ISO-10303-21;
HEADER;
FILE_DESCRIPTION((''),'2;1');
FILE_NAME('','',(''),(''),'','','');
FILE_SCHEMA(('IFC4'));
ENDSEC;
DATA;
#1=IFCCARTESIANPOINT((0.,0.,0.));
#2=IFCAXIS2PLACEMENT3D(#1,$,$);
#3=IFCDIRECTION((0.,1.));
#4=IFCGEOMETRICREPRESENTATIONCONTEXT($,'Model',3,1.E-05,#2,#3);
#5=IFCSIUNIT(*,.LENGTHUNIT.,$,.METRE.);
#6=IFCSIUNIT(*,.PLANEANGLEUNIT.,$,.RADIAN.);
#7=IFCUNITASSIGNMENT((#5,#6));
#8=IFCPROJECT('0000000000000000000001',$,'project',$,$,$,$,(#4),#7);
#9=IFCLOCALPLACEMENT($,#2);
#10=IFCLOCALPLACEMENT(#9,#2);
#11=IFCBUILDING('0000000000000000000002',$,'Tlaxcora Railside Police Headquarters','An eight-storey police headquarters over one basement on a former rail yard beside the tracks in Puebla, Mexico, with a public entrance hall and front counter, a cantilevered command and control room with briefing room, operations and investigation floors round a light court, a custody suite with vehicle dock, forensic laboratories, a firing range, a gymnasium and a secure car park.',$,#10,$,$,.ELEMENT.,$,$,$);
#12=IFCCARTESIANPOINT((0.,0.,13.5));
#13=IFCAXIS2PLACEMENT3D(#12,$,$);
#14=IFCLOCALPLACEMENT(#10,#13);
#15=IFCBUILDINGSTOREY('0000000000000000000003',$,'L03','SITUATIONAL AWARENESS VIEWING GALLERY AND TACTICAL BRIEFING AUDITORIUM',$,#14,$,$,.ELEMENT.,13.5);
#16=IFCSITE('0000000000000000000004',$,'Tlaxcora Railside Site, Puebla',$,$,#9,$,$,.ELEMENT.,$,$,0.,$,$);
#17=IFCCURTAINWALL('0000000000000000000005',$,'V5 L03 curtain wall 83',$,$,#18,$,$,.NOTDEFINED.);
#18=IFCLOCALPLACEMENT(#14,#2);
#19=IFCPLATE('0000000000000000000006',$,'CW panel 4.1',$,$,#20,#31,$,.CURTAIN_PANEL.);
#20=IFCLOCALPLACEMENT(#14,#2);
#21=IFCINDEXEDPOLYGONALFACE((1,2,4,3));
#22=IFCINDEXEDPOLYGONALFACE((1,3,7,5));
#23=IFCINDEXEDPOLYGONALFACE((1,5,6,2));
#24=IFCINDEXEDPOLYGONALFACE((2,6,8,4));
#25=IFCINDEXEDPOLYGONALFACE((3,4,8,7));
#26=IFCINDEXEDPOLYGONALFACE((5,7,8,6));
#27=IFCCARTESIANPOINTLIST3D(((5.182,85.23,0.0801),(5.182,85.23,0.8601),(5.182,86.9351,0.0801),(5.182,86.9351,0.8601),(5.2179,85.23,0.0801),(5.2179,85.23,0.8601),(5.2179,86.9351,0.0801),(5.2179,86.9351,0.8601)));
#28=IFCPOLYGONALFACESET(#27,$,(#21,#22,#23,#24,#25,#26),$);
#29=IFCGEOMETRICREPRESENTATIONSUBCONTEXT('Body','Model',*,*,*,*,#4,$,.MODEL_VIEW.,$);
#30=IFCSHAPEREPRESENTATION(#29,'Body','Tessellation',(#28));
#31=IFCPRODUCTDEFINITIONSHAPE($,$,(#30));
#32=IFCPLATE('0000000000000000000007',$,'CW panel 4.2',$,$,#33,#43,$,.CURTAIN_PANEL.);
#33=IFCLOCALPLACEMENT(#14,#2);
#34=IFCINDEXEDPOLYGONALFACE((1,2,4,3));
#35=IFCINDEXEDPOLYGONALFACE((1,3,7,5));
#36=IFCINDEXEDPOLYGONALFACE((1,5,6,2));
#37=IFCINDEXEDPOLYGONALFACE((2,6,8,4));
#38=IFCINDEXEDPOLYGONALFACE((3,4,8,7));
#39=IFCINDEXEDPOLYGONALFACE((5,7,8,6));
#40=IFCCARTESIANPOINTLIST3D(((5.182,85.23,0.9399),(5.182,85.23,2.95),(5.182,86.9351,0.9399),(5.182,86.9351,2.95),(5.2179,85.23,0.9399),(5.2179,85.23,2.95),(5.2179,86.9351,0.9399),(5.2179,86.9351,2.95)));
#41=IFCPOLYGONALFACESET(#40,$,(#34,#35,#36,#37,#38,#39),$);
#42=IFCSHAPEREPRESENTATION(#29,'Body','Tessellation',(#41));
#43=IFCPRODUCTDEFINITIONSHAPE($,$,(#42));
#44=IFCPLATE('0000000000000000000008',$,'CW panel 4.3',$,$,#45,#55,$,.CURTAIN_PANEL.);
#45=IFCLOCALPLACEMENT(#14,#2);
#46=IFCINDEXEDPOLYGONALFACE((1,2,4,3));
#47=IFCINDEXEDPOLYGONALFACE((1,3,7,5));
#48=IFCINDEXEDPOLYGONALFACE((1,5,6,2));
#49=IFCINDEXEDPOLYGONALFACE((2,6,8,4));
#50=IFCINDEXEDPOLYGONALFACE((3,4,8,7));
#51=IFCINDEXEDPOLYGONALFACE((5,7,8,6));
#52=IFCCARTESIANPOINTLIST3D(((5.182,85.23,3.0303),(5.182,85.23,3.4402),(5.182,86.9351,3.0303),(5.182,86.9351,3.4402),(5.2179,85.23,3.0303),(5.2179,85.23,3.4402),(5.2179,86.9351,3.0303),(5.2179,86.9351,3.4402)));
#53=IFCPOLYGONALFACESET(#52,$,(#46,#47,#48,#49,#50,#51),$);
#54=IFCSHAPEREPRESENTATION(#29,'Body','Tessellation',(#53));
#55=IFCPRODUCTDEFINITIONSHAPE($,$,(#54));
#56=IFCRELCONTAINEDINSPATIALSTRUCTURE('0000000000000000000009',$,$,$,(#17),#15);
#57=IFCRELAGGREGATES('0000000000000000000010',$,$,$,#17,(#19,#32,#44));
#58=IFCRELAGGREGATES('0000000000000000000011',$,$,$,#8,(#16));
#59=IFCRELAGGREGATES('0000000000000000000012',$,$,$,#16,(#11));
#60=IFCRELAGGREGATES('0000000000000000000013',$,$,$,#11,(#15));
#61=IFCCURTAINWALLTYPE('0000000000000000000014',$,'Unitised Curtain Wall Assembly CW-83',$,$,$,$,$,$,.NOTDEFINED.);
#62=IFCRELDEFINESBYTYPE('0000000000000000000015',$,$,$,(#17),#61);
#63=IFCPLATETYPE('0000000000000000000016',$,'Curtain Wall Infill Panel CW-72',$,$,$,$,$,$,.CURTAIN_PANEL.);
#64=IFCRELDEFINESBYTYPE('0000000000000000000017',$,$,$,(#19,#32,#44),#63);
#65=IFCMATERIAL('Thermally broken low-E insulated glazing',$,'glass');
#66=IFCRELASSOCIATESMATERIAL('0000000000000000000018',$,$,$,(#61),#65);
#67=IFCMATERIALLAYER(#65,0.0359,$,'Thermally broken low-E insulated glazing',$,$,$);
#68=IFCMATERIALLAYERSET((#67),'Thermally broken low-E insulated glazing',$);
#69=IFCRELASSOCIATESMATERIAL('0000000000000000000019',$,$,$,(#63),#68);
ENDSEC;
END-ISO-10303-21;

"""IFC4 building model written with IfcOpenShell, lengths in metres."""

from ifc_helpers import new_model, si_unit, direction, frame, origin, origin_2d, place, context, subcontext, project, spatial, rectangle, extrude, material, layer, layer_set, type_object, element, aggregate, save


model = new_model("IFC4")

# Units and contexts
model_context = context("Model", 3, precision=1e-05, world=origin(), true_north=direction((0.0, 1.0)))
body_context = subcontext(model_context, "Body", "Model", "MODEL_VIEW")
ifc_project = project(units=[si_unit("LENGTHUNIT", "METRE"), si_unit("PLANEANGLEUNIT", "RADIAN")], contexts=[model_context])

# Site, building, storey
site_placement = place(None, origin())
site = spatial("IfcSite", under=ifc_project, at=site_placement, Name="Tlaxcora Railside Site, Puebla", CompositionType="ELEMENT", RefElevation=0.0)
building_placement = place(site_placement, origin())
building = spatial("IfcBuilding", under=site, at=building_placement, Name="Tlaxcora Railside Police Headquarters", Description="An eight-storey police headquarters over one basement on a former rail yard beside the tracks in Puebla, Mexico, with a public entrance hall and front counter, a cantilevered command and control room with briefing room, operations and investigation floors round a light court, a custody suite with vehicle dock, forensic laboratories, a firing range, a gymnasium and a secure car park.", CompositionType="ELEMENT")
storey_placement = place(building_placement, frame((0.0, 0.0, 13.5)))
storey = spatial("IfcBuildingStorey", under=building, at=storey_placement, Name="L03", Description="SITUATIONAL AWARENESS VIEWING GALLERY AND TACTICAL BRIEFING AUDITORIUM", CompositionType="ELEMENT", Elevation=13.5)

# Shared definitions
ifc_material_1 = material(Name="Thermally broken low-E insulated glazing", Category="glass")

# Curtain wall
curtain_wall_type_1 = type_object("IfcCurtainWallType", Name="Unitised Curtain Wall Assembly CW-83", PredefinedType="NOTDEFINED", material=ifc_material_1)
curtain_wall_1_placement = place(storey_placement, origin())
curtain_wall_1 = element("IfcCurtainWall", 1, at=curtain_wall_1_placement, inside=storey, type_object=curtain_wall_type_1, Name="V5 L03 curtain wall 83", PredefinedType="NOTDEFINED")

# Plates
ifc_layer_1 = layer(ifc_material_1, 0.0359, Name="Thermally broken low-E insulated glazing")
ifc_layer_set_1 = layer_set([ifc_layer_1], Name="Thermally broken low-E insulated glazing")
plate_type_1 = type_object("IfcPlateType", Name="Curtain Wall Infill Panel CW-72", PredefinedType="CURTAIN_PANEL", material=ifc_layer_set_1)
plate_1_placement = place(storey_placement, frame((5.2, 86.0825, 0.0801), z_axis=(0.0, 0.0, 1.0), x_axis=(0.0, -1.0, 0.0)))
plate_1 = element("IfcPlate", 2, at=plate_1_placement, type_object=plate_type_1, Name="CW panel 4.1", PredefinedType="CURTAIN_PANEL", context=body_context, shape_type="SweptSolid", body=[
    extrude(rectangle(XDim=1.7051, YDim=0.0359, at=origin_2d()), origin(), (0.0, 0.0, 1.0), 0.78),
])
plate_2_placement = place(storey_placement, frame((5.2, 86.0825, 0.9399), z_axis=(0.0, 0.0, 1.0), x_axis=(0.0, -1.0, 0.0)))
plate_2 = element("IfcPlate", 3, at=plate_2_placement, type_object=plate_type_1, Name="CW panel 4.2", PredefinedType="CURTAIN_PANEL", context=body_context, shape_type="SweptSolid", body=[
    extrude(rectangle(XDim=1.7051, YDim=0.0359, at=origin_2d()), origin(), (0.0, 0.0, 1.0), 2.01),
])
plate_3_placement = place(storey_placement, frame((5.2, 86.0825, 3.0303), z_axis=(0.0, 0.0, 1.0), x_axis=(0.0, -1.0, 0.0)))
plate_3 = element("IfcPlate", 4, at=plate_3_placement, type_object=plate_type_1, Name="CW panel 4.3", PredefinedType="CURTAIN_PANEL", context=body_context, shape_type="SweptSolid", body=[
    extrude(rectangle(XDim=1.7051, YDim=0.0359, at=origin_2d()), origin(), (0.0, 0.0, 1.0), 0.4099),
])
aggregate(curtain_wall_1, [plate_1, plate_2, plate_3])

save(model, "model.ifc")
